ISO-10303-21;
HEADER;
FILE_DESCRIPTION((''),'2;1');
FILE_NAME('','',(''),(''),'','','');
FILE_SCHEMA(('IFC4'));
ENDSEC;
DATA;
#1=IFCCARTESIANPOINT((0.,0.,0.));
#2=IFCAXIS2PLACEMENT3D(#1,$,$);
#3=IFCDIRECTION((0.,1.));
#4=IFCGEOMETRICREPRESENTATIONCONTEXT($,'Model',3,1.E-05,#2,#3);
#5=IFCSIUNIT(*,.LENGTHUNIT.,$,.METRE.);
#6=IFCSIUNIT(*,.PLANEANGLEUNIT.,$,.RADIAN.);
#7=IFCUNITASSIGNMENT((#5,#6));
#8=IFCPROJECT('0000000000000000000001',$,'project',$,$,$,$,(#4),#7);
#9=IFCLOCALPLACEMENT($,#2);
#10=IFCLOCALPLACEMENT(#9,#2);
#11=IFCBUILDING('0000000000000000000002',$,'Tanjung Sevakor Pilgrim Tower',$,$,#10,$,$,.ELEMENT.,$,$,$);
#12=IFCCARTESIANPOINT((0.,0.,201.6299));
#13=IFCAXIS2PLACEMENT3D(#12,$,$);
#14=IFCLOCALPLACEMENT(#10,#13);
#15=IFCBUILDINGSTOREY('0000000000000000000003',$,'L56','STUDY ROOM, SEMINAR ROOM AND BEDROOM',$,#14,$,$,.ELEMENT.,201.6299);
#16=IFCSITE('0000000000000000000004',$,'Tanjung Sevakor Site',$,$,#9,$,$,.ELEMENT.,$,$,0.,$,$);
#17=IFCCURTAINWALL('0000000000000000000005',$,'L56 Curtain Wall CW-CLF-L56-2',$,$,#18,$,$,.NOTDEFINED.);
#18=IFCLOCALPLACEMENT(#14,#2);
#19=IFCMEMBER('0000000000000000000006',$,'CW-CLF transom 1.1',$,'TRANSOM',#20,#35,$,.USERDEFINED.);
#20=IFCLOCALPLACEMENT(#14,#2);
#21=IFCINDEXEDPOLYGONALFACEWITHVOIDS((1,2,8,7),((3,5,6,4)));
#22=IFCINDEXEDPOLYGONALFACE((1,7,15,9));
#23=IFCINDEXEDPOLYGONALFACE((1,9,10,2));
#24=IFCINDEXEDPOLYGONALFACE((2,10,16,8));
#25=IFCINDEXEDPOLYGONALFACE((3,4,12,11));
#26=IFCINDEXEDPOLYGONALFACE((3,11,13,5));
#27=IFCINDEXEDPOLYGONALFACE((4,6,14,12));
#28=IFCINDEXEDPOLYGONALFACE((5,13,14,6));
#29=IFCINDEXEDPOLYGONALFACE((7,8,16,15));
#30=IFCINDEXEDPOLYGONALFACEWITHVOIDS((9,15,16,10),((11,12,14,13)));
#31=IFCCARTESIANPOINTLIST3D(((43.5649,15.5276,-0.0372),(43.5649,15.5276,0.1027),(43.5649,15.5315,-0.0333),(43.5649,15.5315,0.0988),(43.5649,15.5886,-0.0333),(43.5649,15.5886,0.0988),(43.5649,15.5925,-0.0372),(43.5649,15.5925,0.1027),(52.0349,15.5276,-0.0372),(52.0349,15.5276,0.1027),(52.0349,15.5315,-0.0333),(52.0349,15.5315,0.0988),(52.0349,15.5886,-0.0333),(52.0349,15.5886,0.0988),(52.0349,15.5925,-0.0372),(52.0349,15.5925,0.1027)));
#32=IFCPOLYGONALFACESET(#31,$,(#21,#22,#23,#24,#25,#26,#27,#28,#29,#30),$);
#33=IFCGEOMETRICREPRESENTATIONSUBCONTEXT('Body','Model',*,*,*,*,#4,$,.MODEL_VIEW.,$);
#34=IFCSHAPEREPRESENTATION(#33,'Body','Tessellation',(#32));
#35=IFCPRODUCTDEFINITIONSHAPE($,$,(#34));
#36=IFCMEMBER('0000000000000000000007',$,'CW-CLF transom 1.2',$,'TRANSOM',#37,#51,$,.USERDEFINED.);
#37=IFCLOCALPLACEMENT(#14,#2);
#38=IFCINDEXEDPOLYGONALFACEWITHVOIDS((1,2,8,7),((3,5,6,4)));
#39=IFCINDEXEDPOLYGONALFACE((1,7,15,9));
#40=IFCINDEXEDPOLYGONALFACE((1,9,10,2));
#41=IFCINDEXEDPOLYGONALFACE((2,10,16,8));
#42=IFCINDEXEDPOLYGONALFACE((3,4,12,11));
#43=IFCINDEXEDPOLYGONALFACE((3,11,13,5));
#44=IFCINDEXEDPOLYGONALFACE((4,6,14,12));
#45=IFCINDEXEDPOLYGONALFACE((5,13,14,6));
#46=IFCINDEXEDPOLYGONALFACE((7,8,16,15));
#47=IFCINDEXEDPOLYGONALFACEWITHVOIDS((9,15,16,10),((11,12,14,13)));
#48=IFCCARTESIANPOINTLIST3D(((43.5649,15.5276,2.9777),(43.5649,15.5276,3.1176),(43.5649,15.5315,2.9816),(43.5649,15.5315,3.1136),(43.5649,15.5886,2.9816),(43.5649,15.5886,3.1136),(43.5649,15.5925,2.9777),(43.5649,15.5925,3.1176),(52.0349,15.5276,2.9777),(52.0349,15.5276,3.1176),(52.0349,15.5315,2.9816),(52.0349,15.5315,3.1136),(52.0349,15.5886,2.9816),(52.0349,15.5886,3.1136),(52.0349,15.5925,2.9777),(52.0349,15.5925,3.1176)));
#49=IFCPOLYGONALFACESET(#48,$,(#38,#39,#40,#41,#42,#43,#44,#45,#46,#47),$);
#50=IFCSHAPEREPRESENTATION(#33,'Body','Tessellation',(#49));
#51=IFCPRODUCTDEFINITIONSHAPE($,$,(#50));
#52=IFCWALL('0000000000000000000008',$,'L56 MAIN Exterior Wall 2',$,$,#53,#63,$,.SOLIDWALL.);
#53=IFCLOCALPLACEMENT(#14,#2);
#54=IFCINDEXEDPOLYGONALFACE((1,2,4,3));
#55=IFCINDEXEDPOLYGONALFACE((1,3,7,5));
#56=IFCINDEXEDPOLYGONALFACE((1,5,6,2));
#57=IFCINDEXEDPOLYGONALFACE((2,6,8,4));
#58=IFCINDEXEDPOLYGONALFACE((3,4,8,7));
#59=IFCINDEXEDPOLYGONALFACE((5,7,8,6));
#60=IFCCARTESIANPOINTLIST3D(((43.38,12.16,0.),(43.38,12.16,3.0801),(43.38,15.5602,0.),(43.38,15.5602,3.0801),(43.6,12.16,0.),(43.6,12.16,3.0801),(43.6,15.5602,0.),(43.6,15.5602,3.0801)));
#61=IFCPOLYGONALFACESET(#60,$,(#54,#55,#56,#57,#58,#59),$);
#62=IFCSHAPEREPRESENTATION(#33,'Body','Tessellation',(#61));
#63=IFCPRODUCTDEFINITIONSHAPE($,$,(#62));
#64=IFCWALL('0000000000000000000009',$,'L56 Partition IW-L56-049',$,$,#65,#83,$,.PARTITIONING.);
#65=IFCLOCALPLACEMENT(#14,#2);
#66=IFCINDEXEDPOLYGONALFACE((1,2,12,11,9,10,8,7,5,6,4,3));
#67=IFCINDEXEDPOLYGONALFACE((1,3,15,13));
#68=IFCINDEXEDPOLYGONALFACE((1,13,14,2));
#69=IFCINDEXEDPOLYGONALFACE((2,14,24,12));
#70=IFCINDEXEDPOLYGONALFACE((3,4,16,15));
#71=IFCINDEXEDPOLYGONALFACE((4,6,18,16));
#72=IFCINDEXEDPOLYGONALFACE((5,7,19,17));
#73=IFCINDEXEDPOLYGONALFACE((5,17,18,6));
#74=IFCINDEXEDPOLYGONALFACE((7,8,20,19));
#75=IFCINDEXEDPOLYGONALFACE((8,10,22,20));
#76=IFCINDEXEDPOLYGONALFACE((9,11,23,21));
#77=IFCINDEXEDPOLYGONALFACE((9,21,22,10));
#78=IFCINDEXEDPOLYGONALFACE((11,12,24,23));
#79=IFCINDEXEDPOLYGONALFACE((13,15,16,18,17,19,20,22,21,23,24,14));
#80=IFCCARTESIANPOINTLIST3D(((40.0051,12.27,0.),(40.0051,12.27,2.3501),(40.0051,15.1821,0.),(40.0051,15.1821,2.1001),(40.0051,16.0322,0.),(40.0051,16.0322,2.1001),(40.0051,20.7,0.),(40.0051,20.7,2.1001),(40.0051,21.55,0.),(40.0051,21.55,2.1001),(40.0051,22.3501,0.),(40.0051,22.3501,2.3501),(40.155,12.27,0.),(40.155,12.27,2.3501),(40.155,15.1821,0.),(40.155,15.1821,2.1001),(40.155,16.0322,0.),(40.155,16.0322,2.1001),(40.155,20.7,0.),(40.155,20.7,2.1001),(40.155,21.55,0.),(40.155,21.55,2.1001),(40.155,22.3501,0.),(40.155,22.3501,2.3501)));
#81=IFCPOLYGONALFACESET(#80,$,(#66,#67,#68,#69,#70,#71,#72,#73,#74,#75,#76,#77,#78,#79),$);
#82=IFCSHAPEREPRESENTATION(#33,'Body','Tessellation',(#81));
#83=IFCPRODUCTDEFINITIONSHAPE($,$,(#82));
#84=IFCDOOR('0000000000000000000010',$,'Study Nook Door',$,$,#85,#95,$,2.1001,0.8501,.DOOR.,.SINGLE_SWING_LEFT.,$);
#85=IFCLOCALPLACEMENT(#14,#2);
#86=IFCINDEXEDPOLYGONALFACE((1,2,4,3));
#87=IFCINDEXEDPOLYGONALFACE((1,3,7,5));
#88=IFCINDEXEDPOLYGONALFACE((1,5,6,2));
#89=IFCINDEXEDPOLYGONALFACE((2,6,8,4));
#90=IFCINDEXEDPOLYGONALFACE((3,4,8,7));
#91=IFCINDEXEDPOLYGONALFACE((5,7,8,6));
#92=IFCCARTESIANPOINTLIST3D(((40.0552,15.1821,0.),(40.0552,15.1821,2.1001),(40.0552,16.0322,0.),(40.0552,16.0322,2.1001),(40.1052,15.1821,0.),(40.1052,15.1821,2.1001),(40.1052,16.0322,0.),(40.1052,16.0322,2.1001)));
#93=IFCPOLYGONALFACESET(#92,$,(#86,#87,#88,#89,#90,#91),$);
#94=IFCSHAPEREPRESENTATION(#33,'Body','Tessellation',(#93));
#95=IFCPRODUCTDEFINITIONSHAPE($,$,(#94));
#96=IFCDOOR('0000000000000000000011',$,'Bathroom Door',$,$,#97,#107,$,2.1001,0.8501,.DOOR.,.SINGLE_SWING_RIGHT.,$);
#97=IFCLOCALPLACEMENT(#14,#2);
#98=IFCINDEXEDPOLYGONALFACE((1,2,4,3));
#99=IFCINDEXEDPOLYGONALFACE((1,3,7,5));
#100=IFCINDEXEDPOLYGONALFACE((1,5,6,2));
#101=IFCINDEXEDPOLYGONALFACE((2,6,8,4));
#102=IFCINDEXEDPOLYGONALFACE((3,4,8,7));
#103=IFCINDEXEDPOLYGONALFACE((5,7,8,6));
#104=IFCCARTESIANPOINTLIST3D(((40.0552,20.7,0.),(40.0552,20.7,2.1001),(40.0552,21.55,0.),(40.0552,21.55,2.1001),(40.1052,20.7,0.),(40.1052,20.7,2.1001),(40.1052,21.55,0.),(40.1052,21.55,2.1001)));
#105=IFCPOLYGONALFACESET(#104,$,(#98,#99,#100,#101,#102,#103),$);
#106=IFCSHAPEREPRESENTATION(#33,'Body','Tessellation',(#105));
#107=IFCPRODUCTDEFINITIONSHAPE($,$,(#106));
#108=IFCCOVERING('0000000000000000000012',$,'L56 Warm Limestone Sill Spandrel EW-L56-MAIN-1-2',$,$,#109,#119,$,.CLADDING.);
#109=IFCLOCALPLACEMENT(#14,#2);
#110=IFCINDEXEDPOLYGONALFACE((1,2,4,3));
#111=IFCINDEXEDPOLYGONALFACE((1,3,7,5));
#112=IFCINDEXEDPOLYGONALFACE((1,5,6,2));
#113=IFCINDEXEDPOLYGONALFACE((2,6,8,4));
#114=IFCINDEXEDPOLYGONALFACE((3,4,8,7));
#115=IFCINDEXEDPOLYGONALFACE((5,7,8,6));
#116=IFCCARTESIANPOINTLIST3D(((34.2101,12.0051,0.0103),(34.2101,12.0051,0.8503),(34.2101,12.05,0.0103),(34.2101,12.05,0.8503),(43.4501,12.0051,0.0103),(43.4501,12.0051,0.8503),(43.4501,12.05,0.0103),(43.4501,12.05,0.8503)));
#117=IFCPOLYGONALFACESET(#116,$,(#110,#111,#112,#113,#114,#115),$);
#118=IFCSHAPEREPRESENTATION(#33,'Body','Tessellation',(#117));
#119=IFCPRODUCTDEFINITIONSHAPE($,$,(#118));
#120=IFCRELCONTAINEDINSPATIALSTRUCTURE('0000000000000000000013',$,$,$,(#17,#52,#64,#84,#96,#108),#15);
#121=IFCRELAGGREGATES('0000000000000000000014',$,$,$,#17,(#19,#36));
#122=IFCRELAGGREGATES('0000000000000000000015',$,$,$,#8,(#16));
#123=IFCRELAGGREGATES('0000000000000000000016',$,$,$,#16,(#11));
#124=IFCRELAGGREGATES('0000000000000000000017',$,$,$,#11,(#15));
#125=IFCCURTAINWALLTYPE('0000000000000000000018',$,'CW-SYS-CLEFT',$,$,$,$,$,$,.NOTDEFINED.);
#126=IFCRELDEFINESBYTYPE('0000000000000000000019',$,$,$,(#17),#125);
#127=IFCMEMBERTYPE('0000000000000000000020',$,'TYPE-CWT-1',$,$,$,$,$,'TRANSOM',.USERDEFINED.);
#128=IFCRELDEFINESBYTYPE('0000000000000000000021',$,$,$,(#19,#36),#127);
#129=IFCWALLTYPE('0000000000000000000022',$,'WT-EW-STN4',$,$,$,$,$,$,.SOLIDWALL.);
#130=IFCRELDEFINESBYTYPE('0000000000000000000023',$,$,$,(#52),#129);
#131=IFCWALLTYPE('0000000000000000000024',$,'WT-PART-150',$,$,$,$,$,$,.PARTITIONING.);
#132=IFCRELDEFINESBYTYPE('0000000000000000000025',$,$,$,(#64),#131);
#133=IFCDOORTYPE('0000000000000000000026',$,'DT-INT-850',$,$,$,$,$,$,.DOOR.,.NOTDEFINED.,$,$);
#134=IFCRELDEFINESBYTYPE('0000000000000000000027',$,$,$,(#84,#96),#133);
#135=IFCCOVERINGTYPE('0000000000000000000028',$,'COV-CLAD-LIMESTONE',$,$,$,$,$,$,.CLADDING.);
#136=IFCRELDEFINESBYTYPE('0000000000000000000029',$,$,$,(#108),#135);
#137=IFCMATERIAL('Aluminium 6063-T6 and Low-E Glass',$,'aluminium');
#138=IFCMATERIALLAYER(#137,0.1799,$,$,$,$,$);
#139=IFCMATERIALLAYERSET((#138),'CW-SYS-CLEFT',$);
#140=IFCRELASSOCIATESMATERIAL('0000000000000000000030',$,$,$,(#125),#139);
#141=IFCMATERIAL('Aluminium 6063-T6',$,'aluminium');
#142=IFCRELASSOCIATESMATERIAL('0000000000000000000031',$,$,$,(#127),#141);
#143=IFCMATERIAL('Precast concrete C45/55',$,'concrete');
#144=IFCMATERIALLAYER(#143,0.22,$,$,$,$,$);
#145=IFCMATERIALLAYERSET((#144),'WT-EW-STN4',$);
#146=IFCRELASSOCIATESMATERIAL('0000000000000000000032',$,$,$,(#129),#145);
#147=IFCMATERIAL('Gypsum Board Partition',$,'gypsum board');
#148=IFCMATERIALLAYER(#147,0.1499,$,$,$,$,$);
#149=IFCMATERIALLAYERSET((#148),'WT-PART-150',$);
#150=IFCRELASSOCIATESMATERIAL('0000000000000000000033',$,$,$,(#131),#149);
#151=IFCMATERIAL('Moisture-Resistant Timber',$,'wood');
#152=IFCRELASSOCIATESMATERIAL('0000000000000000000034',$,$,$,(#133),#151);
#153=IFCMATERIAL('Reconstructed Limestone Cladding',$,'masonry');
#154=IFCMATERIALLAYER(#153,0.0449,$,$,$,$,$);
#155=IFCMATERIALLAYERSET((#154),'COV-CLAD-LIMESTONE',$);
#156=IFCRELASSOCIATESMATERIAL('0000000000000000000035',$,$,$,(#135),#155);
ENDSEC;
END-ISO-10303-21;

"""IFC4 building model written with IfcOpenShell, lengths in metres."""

from ifc_helpers import new_model, si_unit, direction, frame, frame_2d, origin, origin_2d, place, context, subcontext, project, spatial, rectangle, hollow_rectangle, extrude, material, layer, layer_set, material_profile, profile_set, type_object, element, fill, aggregate, save


model = new_model("IFC4")

# Units and contexts
model_context = context("Model", 3, precision=1e-05, world=origin(), true_north=direction((0.0, 1.0)))
body_context = subcontext(model_context, "Body", "Model", "MODEL_VIEW")
ifc_project = project(units=[si_unit("LENGTHUNIT", "METRE"), si_unit("PLANEANGLEUNIT", "RADIAN")], contexts=[model_context])

# Site, building, storey
site_placement = place(None, origin())
site = spatial("IfcSite", under=ifc_project, at=site_placement, Name="Tanjung Sevakor Site", CompositionType="ELEMENT", RefElevation=0.0)
building_placement = place(site_placement, origin())
building = spatial("IfcBuilding", under=site, at=building_placement, Name="Tanjung Sevakor Pilgrim Tower", CompositionType="ELEMENT")
storey_placement = place(building_placement, frame((0.0, 0.0, 201.6299)))
storey = spatial("IfcBuildingStorey", under=building, at=storey_placement, Name="L56", Description="STUDY ROOM, SEMINAR ROOM AND BEDROOM", CompositionType="ELEMENT", Elevation=201.6299)

# Curtain wall, members
ifc_material_1 = material(Name="Aluminium 6063-T6 and Low-E Glass", Category="aluminium")
ifc_layer_1 = layer(ifc_material_1, 0.1799)
ifc_layer_set_1 = layer_set([ifc_layer_1], Name="CW-SYS-CLEFT")
curtain_wall_type = type_object("IfcCurtainWallType", Name="CW-SYS-CLEFT", PredefinedType="NOTDEFINED", material=ifc_layer_set_1)
curtain_wall_placement = place(storey_placement, origin())
curtain_wall = element("IfcCurtainWall", 1, at=curtain_wall_placement, inside=storey, type_object=curtain_wall_type, Name="L56 Curtain Wall CW-CLF-L56-2", PredefinedType="NOTDEFINED")
ifc_material_2 = material(Name="Aluminium 6063-T6", Category="aluminium")
ifc_material_profile_1 = material_profile(ifc_material_2, hollow_rectangle(XDim=0.0649, YDim=0.1399, WallThickness=0.0039, at=origin_2d()))
ifc_profile_set_1 = profile_set([ifc_material_profile_1], Name="Aluminium 6063-T6")
member_type_1 = type_object("IfcMemberType", Name="TYPE-CWT-1", ElementType="TRANSOM", PredefinedType="USERDEFINED", material=ifc_profile_set_1)
member_1_placement = place(storey_placement, frame((43.5649, 15.5601, 0.0327), z_axis=(1.0, 0.0, 0.0), x_axis=(0.0, 1.0, 0.0)))
member_1 = element("IfcMember", 2, at=member_1_placement, type_object=member_type_1, Name="CW-CLF transom 1.1", ObjectType="TRANSOM", PredefinedType="USERDEFINED", context=body_context, shape_type="SweptSolid", body=[
    extrude(hollow_rectangle(XDim=0.0649, YDim=0.1399, WallThickness=0.0039, at=origin_2d()), origin(), (0.0, 0.0, 1.0), 8.47),
])
member_2_placement = place(storey_placement, frame((43.5649, 15.5601, 3.0476), z_axis=(1.0, 0.0, 0.0), x_axis=(0.0, 1.0, 0.0)))
member_2 = element("IfcMember", 3, at=member_2_placement, type_object=member_type_1, Name="CW-CLF transom 1.2", ObjectType="TRANSOM", PredefinedType="USERDEFINED", context=body_context, shape_type="SweptSolid", body=[
    extrude(hollow_rectangle(XDim=0.0649, YDim=0.1399, WallThickness=0.0039, at=origin_2d()), origin(), (0.0, 0.0, 1.0), 8.47),
])
aggregate(curtain_wall, [member_1, member_2])

# Wall
ifc_material_3 = material(Name="Precast concrete C45/55", Category="concrete")
ifc_layer_2 = layer(ifc_material_3, 0.22)
ifc_layer_set_2 = layer_set([ifc_layer_2], Name="WT-EW-STN4")
wall_type_1 = type_object("IfcWallType", Name="WT-EW-STN4", PredefinedType="SOLIDWALL", material=ifc_layer_set_2)
wall_1_placement = place(storey_placement, frame((43.49, 12.1599, 0.0), z_axis=(0.0, 0.0, 1.0), x_axis=(0.0, 1.0, 0.0)))
element("IfcWall", 4, at=wall_1_placement, inside=storey, type_object=wall_type_1, Name="L56 MAIN Exterior Wall 2", PredefinedType="SOLIDWALL", context=body_context, shape_type="SweptSolid", body=[
    extrude(rectangle(XDim=3.4001, YDim=0.22, at=frame_2d((1.7002, 0.0))), origin(), (0.0, 0.0, 1.0), 3.0801),
])

# Wall, openings, doors
ifc_material_4 = material(Name="Gypsum Board Partition", Category="gypsum board")
ifc_layer_3 = layer(ifc_material_4, 0.1499)
ifc_layer_set_3 = layer_set([ifc_layer_3], Name="WT-PART-150")
wall_type_2 = type_object("IfcWallType", Name="WT-PART-150", PredefinedType="PARTITIONING", material=ifc_layer_set_3)
wall_2_placement = place(storey_placement, frame((40.0801, 12.27, 0.0), z_axis=(0.0, 0.0, 1.0), x_axis=(0.0, 1.0, 0.0)))
wall_2 = element("IfcWall", 5, at=wall_2_placement, inside=storey, type_object=wall_type_2, Name="L56 Partition IW-L56-049", PredefinedType="PARTITIONING", context=body_context, shape_type="SweptSolid", body=[
    extrude(rectangle(XDim=10.0801, YDim=0.1499, at=frame_2d((5.04, 0.0))), origin(), (0.0, 0.0, 1.0), 2.3501),
])
opening_1_placement = place(wall_2_placement, frame((2.9121, 0.0, 0.0)))
opening_1 = element("IfcOpeningElement", 6, at=opening_1_placement, cuts=wall_2, PredefinedType="OPENING", context=body_context, shape_type="SweptSolid", body=[
    extrude(rectangle(XDim=0.8501, YDim=2.1001, at=frame_2d((0.425, 1.05))), frame((0.0, 0.085, 0.0), z_axis=(0.0, -1.0, 0.0), x_axis=(1.0, 0.0, 0.0)), (0.0, 0.0, 1.0), 0.1699),
])
opening_2_placement = place(wall_2_placement, frame((8.4299, 0.0, 0.0)))
opening_2 = element("IfcOpeningElement", 7, at=opening_2_placement, cuts=wall_2, PredefinedType="OPENING", context=body_context, shape_type="SweptSolid", body=[
    extrude(rectangle(XDim=0.8501, YDim=2.1001, at=frame_2d((0.425, 1.05))), frame((0.0, 0.085, 0.0), z_axis=(0.0, -1.0, 0.0), x_axis=(1.0, 0.0, 0.0)), (0.0, 0.0, 1.0), 0.1699),
])
ifc_material_5 = material(Name="Moisture-Resistant Timber", Category="wood")
door_type = type_object("IfcDoorType", Name="DT-INT-850", OperationType="NOTDEFINED", PredefinedType="DOOR", material=ifc_material_5)
door_1_placement = place(opening_1_placement, origin())
door_1 = element("IfcDoor", 8, at=door_1_placement, inside=storey, type_object=door_type, Name="Study Nook Door", OperationType="SINGLE_SWING_LEFT", OverallHeight=2.1001, OverallWidth=0.8501, PredefinedType="DOOR", context=body_context, shape_type="SweptSolid", body=[
    extrude(rectangle(XDim=0.8501, YDim=2.1001, at=frame_2d((0.425, 1.05))), frame((0.0, 0.0249, 0.0), z_axis=(0.0, -1.0, 0.0), x_axis=(1.0, 0.0, 0.0)), (0.0, 0.0, 1.0), 0.05),
])
fill(opening_1, door_1)
door_2_placement = place(opening_2_placement, origin())
door_2 = element("IfcDoor", 9, at=door_2_placement, inside=storey, type_object=door_type, Name="Bathroom Door", OperationType="SINGLE_SWING_RIGHT", OverallHeight=2.1001, OverallWidth=0.8501, PredefinedType="DOOR", context=body_context, shape_type="SweptSolid", body=[
    extrude(rectangle(XDim=0.8501, YDim=2.1001, at=frame_2d((0.425, 1.05))), frame((0.0, 0.0249, 0.0), z_axis=(0.0, -1.0, 0.0), x_axis=(1.0, 0.0, 0.0)), (0.0, 0.0, 1.0), 0.05),
])
fill(opening_2, door_2)

# Covering
ifc_material_6 = material(Name="Reconstructed Limestone Cladding", Category="masonry")
ifc_layer_4 = layer(ifc_material_6, 0.0449)
ifc_layer_set_4 = layer_set([ifc_layer_4], Name="COV-CLAD-LIMESTONE")
covering_type = type_object("IfcCoveringType", Name="COV-CLAD-LIMESTONE", PredefinedType="CLADDING", material=ifc_layer_set_4)
covering_placement = place(storey_placement, frame((38.8301, 12.0276, 0.0103), z_axis=(0.0, 0.0, 1.0), x_axis=(1.0, 0.0, 0.0)))
element("IfcCovering", 10, at=covering_placement, inside=storey, type_object=covering_type, Name="L56 Warm Limestone Sill Spandrel EW-L56-MAIN-1-2", PredefinedType="CLADDING", context=body_context, shape_type="SweptSolid", body=[
    extrude(rectangle(XDim=9.24, YDim=0.0449, at=origin_2d()), origin(), (0.0, 0.0, 1.0), 0.8401),
])

save(model, "model.ifc")
